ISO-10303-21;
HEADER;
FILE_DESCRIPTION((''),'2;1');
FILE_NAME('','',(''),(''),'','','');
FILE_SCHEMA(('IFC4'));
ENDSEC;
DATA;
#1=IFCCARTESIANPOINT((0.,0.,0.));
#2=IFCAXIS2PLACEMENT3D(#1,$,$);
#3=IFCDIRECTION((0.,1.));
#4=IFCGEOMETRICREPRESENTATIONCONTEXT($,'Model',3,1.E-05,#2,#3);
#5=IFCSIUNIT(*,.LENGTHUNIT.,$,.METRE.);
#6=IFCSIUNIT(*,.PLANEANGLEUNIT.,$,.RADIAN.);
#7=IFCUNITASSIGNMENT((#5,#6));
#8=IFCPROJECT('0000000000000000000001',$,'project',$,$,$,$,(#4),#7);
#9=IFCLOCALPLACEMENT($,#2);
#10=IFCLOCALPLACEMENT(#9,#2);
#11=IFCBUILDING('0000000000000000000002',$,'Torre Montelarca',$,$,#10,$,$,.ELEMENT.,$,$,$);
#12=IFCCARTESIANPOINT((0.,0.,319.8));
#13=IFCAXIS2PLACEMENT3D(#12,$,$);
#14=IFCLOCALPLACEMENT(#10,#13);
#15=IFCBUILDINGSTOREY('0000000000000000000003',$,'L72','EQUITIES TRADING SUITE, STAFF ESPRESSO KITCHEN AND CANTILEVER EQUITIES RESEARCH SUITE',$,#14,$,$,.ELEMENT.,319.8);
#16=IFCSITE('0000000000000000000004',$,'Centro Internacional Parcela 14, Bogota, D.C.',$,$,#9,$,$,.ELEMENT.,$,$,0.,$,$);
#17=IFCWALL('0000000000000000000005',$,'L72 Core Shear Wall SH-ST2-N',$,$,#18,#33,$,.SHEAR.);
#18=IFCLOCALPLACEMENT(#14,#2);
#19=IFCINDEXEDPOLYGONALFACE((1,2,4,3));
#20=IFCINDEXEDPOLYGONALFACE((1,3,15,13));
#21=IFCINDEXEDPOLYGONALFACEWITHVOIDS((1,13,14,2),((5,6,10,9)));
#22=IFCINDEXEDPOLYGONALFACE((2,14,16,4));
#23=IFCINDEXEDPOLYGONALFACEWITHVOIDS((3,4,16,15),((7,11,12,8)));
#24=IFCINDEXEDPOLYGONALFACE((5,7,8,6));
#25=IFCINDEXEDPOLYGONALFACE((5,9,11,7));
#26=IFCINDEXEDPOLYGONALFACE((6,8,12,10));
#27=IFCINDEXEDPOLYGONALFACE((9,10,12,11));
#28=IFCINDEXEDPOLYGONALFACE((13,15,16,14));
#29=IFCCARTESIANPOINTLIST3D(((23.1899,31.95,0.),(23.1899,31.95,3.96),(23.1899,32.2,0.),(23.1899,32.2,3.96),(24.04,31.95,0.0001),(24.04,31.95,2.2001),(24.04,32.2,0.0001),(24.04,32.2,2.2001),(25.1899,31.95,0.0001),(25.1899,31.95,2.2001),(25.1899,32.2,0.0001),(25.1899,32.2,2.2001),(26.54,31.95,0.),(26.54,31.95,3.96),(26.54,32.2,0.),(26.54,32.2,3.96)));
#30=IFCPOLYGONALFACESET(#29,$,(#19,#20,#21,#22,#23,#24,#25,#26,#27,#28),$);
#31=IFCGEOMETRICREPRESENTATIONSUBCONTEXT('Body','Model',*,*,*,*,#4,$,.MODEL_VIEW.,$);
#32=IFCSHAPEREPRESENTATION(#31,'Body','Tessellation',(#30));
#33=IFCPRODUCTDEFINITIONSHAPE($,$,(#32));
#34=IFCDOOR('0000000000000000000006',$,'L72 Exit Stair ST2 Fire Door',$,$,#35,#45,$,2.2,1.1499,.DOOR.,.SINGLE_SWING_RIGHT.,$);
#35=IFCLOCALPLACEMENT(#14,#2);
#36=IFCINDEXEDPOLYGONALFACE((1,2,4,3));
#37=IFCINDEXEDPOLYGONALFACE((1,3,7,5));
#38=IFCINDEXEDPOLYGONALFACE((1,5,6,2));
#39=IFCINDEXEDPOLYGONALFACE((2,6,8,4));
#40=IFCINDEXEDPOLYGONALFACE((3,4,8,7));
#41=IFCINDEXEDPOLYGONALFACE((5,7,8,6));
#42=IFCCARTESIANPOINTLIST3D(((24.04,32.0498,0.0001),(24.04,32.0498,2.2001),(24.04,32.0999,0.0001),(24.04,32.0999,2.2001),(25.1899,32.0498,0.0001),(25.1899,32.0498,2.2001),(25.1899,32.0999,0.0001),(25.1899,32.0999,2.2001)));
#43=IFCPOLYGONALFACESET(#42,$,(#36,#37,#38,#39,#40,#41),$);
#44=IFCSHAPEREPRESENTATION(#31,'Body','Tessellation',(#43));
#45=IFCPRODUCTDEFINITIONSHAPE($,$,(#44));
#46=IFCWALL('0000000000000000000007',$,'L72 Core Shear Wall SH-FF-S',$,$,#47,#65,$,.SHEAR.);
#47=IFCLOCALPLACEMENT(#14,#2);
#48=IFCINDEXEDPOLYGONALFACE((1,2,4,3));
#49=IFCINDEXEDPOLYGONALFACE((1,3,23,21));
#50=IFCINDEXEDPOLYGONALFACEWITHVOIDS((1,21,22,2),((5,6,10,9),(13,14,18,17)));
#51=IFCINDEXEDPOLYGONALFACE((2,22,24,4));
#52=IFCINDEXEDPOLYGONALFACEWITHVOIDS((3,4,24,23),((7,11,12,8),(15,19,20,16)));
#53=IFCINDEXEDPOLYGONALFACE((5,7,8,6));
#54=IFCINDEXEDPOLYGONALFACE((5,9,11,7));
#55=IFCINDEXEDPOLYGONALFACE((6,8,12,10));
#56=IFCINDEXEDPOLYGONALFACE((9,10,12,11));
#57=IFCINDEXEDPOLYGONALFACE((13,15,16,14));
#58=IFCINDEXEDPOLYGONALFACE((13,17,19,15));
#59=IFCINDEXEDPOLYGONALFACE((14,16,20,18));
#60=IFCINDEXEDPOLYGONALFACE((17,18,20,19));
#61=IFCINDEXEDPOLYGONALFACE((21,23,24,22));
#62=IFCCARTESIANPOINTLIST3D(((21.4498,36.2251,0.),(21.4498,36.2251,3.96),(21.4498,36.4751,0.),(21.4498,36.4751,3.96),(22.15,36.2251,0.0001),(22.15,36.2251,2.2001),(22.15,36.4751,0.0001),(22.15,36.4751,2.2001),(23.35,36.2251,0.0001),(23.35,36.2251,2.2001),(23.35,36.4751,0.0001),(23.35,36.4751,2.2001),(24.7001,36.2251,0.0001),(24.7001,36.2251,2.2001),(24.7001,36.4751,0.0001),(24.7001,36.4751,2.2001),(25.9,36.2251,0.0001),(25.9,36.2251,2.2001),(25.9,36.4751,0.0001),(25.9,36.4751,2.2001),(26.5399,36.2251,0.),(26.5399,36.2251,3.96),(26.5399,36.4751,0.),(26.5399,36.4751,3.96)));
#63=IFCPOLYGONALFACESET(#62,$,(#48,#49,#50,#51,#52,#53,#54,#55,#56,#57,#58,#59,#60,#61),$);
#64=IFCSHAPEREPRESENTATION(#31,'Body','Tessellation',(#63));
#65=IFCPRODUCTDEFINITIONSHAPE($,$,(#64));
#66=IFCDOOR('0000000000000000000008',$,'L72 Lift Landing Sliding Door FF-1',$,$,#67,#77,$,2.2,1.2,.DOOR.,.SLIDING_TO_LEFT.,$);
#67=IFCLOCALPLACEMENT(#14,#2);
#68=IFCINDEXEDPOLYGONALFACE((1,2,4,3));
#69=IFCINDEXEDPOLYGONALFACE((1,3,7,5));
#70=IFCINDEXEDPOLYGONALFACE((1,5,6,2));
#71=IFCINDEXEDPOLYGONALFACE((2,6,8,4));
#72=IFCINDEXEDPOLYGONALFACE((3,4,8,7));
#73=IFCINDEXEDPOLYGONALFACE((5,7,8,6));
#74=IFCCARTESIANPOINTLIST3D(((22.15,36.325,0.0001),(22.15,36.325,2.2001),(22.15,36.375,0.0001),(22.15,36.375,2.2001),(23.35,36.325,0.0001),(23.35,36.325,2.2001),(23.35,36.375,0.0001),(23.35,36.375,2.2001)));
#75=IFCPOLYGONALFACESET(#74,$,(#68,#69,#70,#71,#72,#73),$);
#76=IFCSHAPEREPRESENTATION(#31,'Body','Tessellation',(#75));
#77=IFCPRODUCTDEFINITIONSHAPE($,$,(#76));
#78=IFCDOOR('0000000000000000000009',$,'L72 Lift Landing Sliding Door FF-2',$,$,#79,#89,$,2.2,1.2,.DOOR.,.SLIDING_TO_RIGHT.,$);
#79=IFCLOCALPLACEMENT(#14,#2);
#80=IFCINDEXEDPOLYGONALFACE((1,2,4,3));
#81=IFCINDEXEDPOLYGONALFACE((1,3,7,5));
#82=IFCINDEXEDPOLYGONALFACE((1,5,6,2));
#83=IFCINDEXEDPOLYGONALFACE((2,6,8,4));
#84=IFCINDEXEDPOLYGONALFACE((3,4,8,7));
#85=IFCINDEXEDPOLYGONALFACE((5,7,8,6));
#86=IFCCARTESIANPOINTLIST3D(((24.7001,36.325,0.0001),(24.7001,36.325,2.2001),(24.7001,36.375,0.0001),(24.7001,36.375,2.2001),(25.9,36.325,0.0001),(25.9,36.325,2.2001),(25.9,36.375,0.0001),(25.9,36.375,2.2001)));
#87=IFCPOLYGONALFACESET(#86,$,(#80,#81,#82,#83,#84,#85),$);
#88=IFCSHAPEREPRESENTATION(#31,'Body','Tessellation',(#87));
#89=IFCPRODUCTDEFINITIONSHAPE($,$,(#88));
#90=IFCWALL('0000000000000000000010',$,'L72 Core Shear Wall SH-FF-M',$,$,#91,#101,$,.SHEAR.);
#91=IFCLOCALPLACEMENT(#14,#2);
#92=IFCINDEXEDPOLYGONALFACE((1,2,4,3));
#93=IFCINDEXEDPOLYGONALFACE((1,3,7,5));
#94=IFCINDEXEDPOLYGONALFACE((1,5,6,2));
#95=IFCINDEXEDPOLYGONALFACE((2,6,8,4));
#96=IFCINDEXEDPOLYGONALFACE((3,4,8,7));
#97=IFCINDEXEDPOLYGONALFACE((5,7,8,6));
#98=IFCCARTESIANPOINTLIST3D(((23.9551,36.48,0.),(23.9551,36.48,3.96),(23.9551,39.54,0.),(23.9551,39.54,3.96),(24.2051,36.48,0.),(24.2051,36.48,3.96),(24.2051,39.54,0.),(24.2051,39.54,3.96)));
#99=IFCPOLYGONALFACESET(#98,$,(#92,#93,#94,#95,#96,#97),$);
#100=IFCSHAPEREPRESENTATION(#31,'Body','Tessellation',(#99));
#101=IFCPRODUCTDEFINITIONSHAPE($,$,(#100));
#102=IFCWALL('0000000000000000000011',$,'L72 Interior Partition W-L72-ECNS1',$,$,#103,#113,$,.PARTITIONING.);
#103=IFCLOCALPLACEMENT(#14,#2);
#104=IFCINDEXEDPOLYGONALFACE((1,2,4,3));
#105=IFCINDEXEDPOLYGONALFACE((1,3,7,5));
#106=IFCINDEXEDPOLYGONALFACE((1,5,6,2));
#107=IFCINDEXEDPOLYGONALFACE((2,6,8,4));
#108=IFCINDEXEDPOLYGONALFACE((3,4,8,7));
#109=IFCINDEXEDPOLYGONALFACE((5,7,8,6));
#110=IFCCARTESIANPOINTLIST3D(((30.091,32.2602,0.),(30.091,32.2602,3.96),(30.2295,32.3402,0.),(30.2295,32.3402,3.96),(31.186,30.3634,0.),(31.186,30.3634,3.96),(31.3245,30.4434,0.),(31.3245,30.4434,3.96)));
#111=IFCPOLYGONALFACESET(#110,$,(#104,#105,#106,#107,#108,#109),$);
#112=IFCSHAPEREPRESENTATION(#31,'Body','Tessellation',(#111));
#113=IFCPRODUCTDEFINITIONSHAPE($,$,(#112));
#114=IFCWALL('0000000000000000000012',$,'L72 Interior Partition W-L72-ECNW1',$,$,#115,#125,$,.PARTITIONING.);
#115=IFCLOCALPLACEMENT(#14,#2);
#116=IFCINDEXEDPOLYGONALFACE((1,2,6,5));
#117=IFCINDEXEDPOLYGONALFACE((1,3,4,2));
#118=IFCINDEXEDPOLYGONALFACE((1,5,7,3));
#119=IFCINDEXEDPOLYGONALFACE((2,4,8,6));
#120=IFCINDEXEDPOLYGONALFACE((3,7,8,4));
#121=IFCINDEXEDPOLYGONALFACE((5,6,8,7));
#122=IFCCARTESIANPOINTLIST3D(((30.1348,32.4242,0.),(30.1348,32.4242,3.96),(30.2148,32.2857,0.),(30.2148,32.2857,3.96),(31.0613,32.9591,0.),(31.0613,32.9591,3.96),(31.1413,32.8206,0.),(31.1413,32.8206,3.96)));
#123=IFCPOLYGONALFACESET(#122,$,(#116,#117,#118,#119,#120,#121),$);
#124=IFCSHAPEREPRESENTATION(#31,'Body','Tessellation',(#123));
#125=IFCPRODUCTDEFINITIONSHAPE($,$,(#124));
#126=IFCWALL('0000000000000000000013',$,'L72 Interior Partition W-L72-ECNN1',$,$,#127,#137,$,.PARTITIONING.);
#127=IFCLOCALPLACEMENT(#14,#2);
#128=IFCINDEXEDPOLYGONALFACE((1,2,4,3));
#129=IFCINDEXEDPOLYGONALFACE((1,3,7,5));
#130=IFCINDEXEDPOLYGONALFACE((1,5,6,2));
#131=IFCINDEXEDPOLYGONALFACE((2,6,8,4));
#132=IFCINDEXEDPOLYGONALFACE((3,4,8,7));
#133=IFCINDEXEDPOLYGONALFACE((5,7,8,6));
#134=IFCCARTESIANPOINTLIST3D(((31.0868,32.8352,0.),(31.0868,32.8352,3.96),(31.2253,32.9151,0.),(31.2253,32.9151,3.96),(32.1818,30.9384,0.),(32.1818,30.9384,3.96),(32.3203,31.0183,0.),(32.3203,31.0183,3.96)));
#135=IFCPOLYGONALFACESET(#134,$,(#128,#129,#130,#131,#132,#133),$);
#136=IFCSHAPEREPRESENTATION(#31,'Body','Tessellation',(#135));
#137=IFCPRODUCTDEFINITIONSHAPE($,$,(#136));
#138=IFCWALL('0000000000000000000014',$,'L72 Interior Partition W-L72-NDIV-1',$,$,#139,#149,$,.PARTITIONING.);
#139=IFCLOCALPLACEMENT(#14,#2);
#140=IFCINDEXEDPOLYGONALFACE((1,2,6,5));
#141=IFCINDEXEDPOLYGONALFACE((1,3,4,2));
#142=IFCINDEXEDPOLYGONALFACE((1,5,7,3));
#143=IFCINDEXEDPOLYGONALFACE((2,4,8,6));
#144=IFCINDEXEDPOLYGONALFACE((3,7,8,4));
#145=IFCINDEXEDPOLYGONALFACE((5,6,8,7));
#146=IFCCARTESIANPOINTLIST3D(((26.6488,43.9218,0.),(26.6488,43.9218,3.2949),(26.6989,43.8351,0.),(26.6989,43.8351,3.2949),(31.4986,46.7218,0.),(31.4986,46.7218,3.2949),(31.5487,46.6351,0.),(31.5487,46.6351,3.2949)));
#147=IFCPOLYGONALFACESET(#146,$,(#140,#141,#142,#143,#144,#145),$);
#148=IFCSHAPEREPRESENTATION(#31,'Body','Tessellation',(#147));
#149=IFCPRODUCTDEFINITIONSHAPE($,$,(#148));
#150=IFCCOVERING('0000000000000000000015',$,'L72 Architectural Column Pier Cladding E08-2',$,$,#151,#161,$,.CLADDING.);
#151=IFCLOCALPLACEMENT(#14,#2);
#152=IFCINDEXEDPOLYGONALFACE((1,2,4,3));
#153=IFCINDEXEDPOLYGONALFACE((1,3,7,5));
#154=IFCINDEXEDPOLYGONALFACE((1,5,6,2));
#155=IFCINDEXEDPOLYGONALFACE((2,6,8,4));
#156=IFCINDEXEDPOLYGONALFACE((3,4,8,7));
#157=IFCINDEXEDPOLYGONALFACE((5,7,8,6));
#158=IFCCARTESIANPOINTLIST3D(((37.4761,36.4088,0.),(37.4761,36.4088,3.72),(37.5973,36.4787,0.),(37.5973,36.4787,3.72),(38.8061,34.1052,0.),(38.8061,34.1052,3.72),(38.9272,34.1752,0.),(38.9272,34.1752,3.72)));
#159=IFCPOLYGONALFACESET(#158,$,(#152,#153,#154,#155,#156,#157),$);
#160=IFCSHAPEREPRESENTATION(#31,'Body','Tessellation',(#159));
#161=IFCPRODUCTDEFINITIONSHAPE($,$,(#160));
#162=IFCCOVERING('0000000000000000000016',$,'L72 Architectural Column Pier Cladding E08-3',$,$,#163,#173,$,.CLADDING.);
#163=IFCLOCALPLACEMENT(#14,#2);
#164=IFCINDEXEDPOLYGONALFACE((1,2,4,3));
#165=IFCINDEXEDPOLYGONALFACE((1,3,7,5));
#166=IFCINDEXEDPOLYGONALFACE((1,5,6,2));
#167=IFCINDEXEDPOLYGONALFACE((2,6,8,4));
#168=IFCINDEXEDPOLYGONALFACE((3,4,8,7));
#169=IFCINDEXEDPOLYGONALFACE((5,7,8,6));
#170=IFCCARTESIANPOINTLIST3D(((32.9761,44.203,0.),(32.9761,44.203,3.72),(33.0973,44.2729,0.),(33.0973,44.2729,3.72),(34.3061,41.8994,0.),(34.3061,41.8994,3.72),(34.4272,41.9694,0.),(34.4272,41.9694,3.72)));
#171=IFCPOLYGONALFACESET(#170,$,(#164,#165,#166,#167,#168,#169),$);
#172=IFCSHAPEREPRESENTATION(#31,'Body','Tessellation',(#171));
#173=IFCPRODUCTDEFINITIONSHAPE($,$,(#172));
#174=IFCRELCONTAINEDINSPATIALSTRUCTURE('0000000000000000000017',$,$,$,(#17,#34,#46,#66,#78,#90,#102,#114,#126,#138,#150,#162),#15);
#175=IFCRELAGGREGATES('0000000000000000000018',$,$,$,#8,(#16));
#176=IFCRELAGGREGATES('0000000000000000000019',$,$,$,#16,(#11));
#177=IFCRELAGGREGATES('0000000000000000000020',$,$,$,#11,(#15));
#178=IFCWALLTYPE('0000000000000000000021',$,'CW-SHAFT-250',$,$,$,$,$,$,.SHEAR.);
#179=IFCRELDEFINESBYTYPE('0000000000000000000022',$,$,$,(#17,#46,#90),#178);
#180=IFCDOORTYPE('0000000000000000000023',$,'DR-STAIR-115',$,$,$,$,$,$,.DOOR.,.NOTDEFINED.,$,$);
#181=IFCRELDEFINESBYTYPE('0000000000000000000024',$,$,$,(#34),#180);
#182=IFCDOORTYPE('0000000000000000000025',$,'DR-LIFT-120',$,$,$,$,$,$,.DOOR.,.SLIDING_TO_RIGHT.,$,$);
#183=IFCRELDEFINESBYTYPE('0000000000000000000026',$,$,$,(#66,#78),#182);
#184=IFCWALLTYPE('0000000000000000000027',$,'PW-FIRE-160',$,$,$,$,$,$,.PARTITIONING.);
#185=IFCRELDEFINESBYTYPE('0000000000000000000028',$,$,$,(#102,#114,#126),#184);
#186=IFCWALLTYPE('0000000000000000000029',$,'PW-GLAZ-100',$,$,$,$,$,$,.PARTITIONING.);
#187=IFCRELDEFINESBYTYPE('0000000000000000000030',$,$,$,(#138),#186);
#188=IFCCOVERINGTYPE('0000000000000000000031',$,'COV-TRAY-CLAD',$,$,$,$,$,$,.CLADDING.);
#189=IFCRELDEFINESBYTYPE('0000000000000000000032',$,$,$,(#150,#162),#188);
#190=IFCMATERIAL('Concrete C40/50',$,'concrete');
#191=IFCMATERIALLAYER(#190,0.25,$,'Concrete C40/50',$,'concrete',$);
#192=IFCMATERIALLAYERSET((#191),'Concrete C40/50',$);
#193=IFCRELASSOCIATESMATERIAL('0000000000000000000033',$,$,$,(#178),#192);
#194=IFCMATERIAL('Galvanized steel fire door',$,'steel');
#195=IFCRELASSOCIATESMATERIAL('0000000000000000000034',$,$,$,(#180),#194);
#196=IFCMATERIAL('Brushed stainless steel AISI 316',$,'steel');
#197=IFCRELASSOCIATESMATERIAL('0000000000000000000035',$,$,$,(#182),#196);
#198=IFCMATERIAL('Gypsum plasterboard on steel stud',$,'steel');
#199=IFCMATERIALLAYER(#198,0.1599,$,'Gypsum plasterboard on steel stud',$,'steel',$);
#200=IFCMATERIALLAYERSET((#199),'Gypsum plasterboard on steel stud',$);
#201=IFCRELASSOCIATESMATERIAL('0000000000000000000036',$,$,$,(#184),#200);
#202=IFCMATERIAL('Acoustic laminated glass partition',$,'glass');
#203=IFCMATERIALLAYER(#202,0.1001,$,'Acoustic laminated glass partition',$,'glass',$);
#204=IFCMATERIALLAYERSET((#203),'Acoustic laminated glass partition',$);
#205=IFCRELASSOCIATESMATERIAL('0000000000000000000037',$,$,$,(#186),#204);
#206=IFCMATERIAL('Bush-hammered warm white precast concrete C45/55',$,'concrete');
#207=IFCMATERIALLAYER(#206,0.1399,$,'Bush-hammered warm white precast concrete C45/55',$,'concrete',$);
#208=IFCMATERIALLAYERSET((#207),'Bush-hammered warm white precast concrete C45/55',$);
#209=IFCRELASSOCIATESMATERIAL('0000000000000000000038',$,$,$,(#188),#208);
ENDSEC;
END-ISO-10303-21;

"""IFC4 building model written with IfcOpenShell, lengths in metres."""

from ifc_helpers import new_model, si_unit, direction, frame, frame_2d, origin, origin_2d, place, context, subcontext, project, spatial, rectangle, extrude, source, transform, mapped, material, layer, layer_set, type_object, element, fill, save


model = new_model("IFC4")

# Units and contexts
model_context = context("Model", 3, precision=1e-05, world=origin(), true_north=direction((0.0, 1.0)))
body_context = subcontext(model_context, "Body", "Model", "MODEL_VIEW")
ifc_project = project(units=[si_unit("LENGTHUNIT", "METRE"), si_unit("PLANEANGLEUNIT", "RADIAN")], contexts=[model_context])

# Site, building, storey
site_placement = place(None, origin())
site = spatial("IfcSite", under=ifc_project, at=site_placement, Name="Centro Internacional Parcela 14, Bogota, D.C.", CompositionType="ELEMENT", RefElevation=0.0)
building_placement = place(site_placement, origin())
building = spatial("IfcBuilding", under=site, at=building_placement, Name="Torre Montelarca", CompositionType="ELEMENT")
storey_placement = place(building_placement, frame((0.0, 0.0, 319.8)))
storey = spatial("IfcBuildingStorey", under=building, at=storey_placement, Name="L72", Description="EQUITIES TRADING SUITE, STAFF ESPRESSO KITCHEN AND CANTILEVER EQUITIES RESEARCH SUITE", CompositionType="ELEMENT", Elevation=319.8)

# Shared definitions
ifc_material_1 = material(Name="Concrete C40/50", Category="concrete")

# Wall, opening, door
ifc_layer_1 = layer(ifc_material_1, 0.25, Name="Concrete C40/50", Category="concrete")
ifc_layer_set_1 = layer_set([ifc_layer_1], Name="Concrete C40/50")
wall_type_1 = type_object("IfcWallType", Name="CW-SHAFT-250", PredefinedType="SHEAR", material=ifc_layer_set_1)
wall_1_placement = place(storey_placement, frame((23.1899, 32.075, 0.0), z_axis=(0.0, 0.0, 1.0), x_axis=(1.0, 0.0, 0.0)))
wall_1 = element("IfcWall", 1, at=wall_1_placement, inside=storey, type_object=wall_type_1, Name="L72 Core Shear Wall SH-ST2-N", PredefinedType="SHEAR", context=body_context, shape_type="SweptSolid", body=[
    extrude(rectangle(XDim=3.3501, YDim=0.25, at=frame_2d((1.675, 0.0))), origin(), (0.0, 0.0, 1.0), 3.96),
])
opening_1_placement = place(wall_1_placement, frame((0.8501, 0.0, 0.0)))
opening_1 = element("IfcOpeningElement", 2, at=opening_1_placement, cuts=wall_1, PredefinedType="OPENING", context=body_context, shape_type="SweptSolid", body=[
    extrude(rectangle(XDim=1.1499, YDim=2.2, at=frame_2d((0.575, 1.1001))), frame((0.0, 0.135, 0.0), z_axis=(0.0, -1.0, 0.0), x_axis=(1.0, 0.0, 0.0)), (0.0, 0.0, 1.0), 0.27),
])
ifc_material_2 = material(Name="Galvanized steel fire door", Category="steel")
door_type_1 = type_object("IfcDoorType", Name="DR-STAIR-115", OperationType="NOTDEFINED", PredefinedType="DOOR", material=ifc_material_2)
shared_shape_1 = source(origin(), body_context, "Body", "SweptSolid", [
    extrude(rectangle(XDim=1.1499, YDim=2.2, at=frame_2d((0.575, 1.1001))), frame((0.0, 0.0249, 0.0), z_axis=(0.0, -1.0, 0.0), x_axis=(1.0, 0.0, 0.0)), (0.0, 0.0, 1.0), 0.05),
])
door_1_placement = place(opening_1_placement, origin())
door_1 = element("IfcDoor", 3, at=door_1_placement, inside=storey, type_object=door_type_1, Name="L72 Exit Stair ST2 Fire Door", OperationType="SINGLE_SWING_RIGHT", OverallHeight=2.2, OverallWidth=1.1499, PredefinedType="DOOR", context=body_context, shape_type="MappedRepresentation", body=[
    mapped(shared_shape_1, transform((0.0, 0.0, 0.0), scale=1.0)),
])
fill(opening_1, door_1)

# Wall, openings, doors
wall_2_placement = place(storey_placement, frame((21.45, 36.3501, 0.0), z_axis=(0.0, 0.0, 1.0), x_axis=(1.0, 0.0, 0.0)))
wall_2 = element("IfcWall", 4, at=wall_2_placement, inside=storey, type_object=wall_type_1, Name="L72 Core Shear Wall SH-FF-S", PredefinedType="SHEAR", context=body_context, shape_type="SweptSolid", body=[
    extrude(rectangle(XDim=5.0901, YDim=0.25, at=frame_2d((2.5449, 0.0))), origin(), (0.0, 0.0, 1.0), 3.96),
])
opening_2_placement = place(wall_2_placement, frame((0.7, 0.0, 0.0)))
opening_2 = element("IfcOpeningElement", 5, at=opening_2_placement, cuts=wall_2, PredefinedType="OPENING", context=body_context, shape_type="SweptSolid", body=[
    extrude(rectangle(XDim=1.2, YDim=2.2, at=frame_2d((0.6001, 1.1001))), frame((0.0, 0.135, 0.0), z_axis=(0.0, -1.0, 0.0), x_axis=(1.0, 0.0, 0.0)), (0.0, 0.0, 1.0), 0.27),
])
opening_3_placement = place(wall_2_placement, frame((3.25, 0.0, 0.0)))
opening_3 = element("IfcOpeningElement", 6, at=opening_3_placement, cuts=wall_2, PredefinedType="OPENING", context=body_context, shape_type="SweptSolid", body=[
    extrude(rectangle(XDim=1.2, YDim=2.2, at=frame_2d((0.6001, 1.1001))), frame((0.0, 0.135, 0.0), z_axis=(0.0, -1.0, 0.0), x_axis=(1.0, 0.0, 0.0)), (0.0, 0.0, 1.0), 0.27),
])
ifc_material_3 = material(Name="Brushed stainless steel AISI 316", Category="steel")
door_type_2 = type_object("IfcDoorType", Name="DR-LIFT-120", OperationType="SLIDING_TO_RIGHT", PredefinedType="DOOR", material=ifc_material_3)
shared_shape_2 = source(origin(), body_context, "Body", "SweptSolid", [
    extrude(rectangle(XDim=1.2, YDim=2.2, at=frame_2d((0.6001, 1.1001))), frame((0.0, 0.0249, 0.0), z_axis=(0.0, -1.0, 0.0), x_axis=(1.0, 0.0, 0.0)), (0.0, 0.0, 1.0), 0.05),
])
door_2_placement = place(opening_2_placement, origin())
door_2 = element("IfcDoor", 7, at=door_2_placement, inside=storey, type_object=door_type_2, Name="L72 Lift Landing Sliding Door FF-1", OperationType="SLIDING_TO_LEFT", OverallHeight=2.2, OverallWidth=1.2, PredefinedType="DOOR", context=body_context, shape_type="MappedRepresentation", body=[
    mapped(shared_shape_2, transform((0.0, 0.0, 0.0), scale=1.0)),
])
fill(opening_2, door_2)
door_3_placement = place(opening_3_placement, origin())
door_3 = element("IfcDoor", 8, at=door_3_placement, inside=storey, type_object=door_type_2, Name="L72 Lift Landing Sliding Door FF-2", OperationType="SLIDING_TO_RIGHT", OverallHeight=2.2, OverallWidth=1.2, PredefinedType="DOOR", context=body_context, shape_type="MappedRepresentation", body=[
    mapped(shared_shape_2, transform((0.0, 0.0, 0.0), scale=1.0)),
])
fill(opening_3, door_3)

# Walls
wall_3_placement = place(storey_placement, frame((24.0801, 36.48, 0.0), z_axis=(0.0, 0.0, 1.0), x_axis=(0.0, 1.0, 0.0)))
element("IfcWall", 9, at=wall_3_placement, inside=storey, type_object=wall_type_1, Name="L72 Core Shear Wall SH-FF-M", PredefinedType="SHEAR", context=body_context, shape_type="SweptSolid", body=[
    extrude(rectangle(XDim=3.0601, YDim=0.25, at=frame_2d((1.53, 0.0))), origin(), (0.0, 0.0, 1.0), 3.96),
])
ifc_material_4 = material(Name="Gypsum plasterboard on steel stud", Category="steel")
ifc_layer_2 = layer(ifc_material_4, 0.1599, Name="Gypsum plasterboard on steel stud", Category="steel")
ifc_layer_set_2 = layer_set([ifc_layer_2], Name="Gypsum plasterboard on steel stud")
wall_type_2 = type_object("IfcWallType", Name="PW-FIRE-160", PredefinedType="PARTITIONING", material=ifc_layer_set_2)
wall_4_placement = place(storey_placement, frame((30.1602, 32.3003, 0.0), z_axis=(0.0, 0.0, 1.0), x_axis=(0.499964, -0.866046, 0.0)))
element("IfcWall", 10, at=wall_4_placement, inside=storey, type_object=wall_type_2, Name="L72 Interior Partition W-L72-ECNS1", PredefinedType="PARTITIONING", context=body_context, shape_type="SweptSolid", body=[
    extrude(rectangle(XDim=2.1902, YDim=0.1599, at=frame_2d((1.0952, 0.0))), origin(), (0.0, 0.0, 1.0), 3.96),
])
wall_5_placement = place(storey_placement, frame((30.1748, 32.355, 0.0), z_axis=(0.0, 0.0, 1.0), x_axis=(0.86603, 0.499992, 0.0)))
element("IfcWall", 11, at=wall_5_placement, inside=storey, type_object=wall_type_2, Name="L72 Interior Partition W-L72-ECNW1", PredefinedType="PARTITIONING", context=body_context, shape_type="SweptSolid", body=[
    extrude(rectangle(XDim=1.0698, YDim=0.1599, at=frame_2d((0.5349, 0.0))), origin(), (0.0, 0.0, 1.0), 3.96),
])
wall_6_placement = place(storey_placement, frame((31.156, 32.8752, 0.0), z_axis=(0.0, 0.0, 1.0), x_axis=(0.499964, -0.866046, 0.0)))
element("IfcWall", 12, at=wall_6_placement, inside=storey, type_object=wall_type_2, Name="L72 Interior Partition W-L72-ECNN1", PredefinedType="PARTITIONING", context=body_context, shape_type="SweptSolid", body=[
    extrude(rectangle(XDim=2.1902, YDim=0.1599, at=frame_2d((1.0952, 0.0))), origin(), (0.0, 0.0, 1.0), 3.96),
])
ifc_material_5 = material(Name="Acoustic laminated glass partition", Category="glass")
ifc_layer_3 = layer(ifc_material_5, 0.1001, Name="Acoustic laminated glass partition", Category="glass")
ifc_layer_set_3 = layer_set([ifc_layer_3], Name="Acoustic laminated glass partition")
wall_type_3 = type_object("IfcWallType", Name="PW-GLAZ-100", PredefinedType="PARTITIONING", material=ifc_layer_set_3)
wall_7_placement = place(storey_placement, frame((26.6738, 43.8784, 0.0), z_axis=(0.0, 0.0, 1.0), x_axis=(0.866027, 0.499998, 0.0)))
element("IfcWall", 13, at=wall_7_placement, inside=storey, type_object=wall_type_3, Name="L72 Interior Partition W-L72-NDIV-1", PredefinedType="PARTITIONING", context=body_context, shape_type="SweptSolid", body=[
    extrude(rectangle(XDim=5.6001, YDim=0.1001, at=frame_2d((2.8, 0.0))), origin(), (0.0, 0.0, 1.0), 3.2949),
])

# Coverings
ifc_material_6 = material(Name="Bush-hammered warm white precast concrete C45/55", Category="concrete")
ifc_layer_4 = layer(ifc_material_6, 0.1399, Name="Bush-hammered warm white precast concrete C45/55", Category="concrete")
ifc_layer_set_4 = layer_set([ifc_layer_4], Name="Bush-hammered warm white precast concrete C45/55")
covering_type = type_object("IfcCoveringType", Name="COV-TRAY-CLAD", PredefinedType="CLADDING", material=ifc_layer_set_4)
shared_shape_3 = source(origin(), body_context, "Body", "SweptSolid", [
    extrude(rectangle(XDim=2.6599, YDim=0.1399, at=origin_2d()), origin(), (0.0, 0.0, 1.0), 3.72),
])
for number, where, z_axis, x_axis, name in (
    (14, (38.2017, 35.292, 0.0), (0.0, 0.0, 1.0), (-0.500002, 0.866025, 0.0), "L72 Architectural Column Pier Cladding E08-2"),
    (15, (33.7017, 43.0862, 0.0), (0.0, 0.0, 1.0), (-0.500002, 0.866025, 0.0), "L72 Architectural Column Pier Cladding E08-3"),
):
    element("IfcCovering", number, at=place(storey_placement, frame(where, z_axis=z_axis, x_axis=x_axis)), inside=storey, type_object=covering_type, Name=name, PredefinedType="CLADDING", context=body_context, shape_type="MappedRepresentation", body=[
        mapped(shared_shape_3, transform((0.0, 0.0, 0.0), scale=1.0)),
    ])

save(model, "model.ifc")
